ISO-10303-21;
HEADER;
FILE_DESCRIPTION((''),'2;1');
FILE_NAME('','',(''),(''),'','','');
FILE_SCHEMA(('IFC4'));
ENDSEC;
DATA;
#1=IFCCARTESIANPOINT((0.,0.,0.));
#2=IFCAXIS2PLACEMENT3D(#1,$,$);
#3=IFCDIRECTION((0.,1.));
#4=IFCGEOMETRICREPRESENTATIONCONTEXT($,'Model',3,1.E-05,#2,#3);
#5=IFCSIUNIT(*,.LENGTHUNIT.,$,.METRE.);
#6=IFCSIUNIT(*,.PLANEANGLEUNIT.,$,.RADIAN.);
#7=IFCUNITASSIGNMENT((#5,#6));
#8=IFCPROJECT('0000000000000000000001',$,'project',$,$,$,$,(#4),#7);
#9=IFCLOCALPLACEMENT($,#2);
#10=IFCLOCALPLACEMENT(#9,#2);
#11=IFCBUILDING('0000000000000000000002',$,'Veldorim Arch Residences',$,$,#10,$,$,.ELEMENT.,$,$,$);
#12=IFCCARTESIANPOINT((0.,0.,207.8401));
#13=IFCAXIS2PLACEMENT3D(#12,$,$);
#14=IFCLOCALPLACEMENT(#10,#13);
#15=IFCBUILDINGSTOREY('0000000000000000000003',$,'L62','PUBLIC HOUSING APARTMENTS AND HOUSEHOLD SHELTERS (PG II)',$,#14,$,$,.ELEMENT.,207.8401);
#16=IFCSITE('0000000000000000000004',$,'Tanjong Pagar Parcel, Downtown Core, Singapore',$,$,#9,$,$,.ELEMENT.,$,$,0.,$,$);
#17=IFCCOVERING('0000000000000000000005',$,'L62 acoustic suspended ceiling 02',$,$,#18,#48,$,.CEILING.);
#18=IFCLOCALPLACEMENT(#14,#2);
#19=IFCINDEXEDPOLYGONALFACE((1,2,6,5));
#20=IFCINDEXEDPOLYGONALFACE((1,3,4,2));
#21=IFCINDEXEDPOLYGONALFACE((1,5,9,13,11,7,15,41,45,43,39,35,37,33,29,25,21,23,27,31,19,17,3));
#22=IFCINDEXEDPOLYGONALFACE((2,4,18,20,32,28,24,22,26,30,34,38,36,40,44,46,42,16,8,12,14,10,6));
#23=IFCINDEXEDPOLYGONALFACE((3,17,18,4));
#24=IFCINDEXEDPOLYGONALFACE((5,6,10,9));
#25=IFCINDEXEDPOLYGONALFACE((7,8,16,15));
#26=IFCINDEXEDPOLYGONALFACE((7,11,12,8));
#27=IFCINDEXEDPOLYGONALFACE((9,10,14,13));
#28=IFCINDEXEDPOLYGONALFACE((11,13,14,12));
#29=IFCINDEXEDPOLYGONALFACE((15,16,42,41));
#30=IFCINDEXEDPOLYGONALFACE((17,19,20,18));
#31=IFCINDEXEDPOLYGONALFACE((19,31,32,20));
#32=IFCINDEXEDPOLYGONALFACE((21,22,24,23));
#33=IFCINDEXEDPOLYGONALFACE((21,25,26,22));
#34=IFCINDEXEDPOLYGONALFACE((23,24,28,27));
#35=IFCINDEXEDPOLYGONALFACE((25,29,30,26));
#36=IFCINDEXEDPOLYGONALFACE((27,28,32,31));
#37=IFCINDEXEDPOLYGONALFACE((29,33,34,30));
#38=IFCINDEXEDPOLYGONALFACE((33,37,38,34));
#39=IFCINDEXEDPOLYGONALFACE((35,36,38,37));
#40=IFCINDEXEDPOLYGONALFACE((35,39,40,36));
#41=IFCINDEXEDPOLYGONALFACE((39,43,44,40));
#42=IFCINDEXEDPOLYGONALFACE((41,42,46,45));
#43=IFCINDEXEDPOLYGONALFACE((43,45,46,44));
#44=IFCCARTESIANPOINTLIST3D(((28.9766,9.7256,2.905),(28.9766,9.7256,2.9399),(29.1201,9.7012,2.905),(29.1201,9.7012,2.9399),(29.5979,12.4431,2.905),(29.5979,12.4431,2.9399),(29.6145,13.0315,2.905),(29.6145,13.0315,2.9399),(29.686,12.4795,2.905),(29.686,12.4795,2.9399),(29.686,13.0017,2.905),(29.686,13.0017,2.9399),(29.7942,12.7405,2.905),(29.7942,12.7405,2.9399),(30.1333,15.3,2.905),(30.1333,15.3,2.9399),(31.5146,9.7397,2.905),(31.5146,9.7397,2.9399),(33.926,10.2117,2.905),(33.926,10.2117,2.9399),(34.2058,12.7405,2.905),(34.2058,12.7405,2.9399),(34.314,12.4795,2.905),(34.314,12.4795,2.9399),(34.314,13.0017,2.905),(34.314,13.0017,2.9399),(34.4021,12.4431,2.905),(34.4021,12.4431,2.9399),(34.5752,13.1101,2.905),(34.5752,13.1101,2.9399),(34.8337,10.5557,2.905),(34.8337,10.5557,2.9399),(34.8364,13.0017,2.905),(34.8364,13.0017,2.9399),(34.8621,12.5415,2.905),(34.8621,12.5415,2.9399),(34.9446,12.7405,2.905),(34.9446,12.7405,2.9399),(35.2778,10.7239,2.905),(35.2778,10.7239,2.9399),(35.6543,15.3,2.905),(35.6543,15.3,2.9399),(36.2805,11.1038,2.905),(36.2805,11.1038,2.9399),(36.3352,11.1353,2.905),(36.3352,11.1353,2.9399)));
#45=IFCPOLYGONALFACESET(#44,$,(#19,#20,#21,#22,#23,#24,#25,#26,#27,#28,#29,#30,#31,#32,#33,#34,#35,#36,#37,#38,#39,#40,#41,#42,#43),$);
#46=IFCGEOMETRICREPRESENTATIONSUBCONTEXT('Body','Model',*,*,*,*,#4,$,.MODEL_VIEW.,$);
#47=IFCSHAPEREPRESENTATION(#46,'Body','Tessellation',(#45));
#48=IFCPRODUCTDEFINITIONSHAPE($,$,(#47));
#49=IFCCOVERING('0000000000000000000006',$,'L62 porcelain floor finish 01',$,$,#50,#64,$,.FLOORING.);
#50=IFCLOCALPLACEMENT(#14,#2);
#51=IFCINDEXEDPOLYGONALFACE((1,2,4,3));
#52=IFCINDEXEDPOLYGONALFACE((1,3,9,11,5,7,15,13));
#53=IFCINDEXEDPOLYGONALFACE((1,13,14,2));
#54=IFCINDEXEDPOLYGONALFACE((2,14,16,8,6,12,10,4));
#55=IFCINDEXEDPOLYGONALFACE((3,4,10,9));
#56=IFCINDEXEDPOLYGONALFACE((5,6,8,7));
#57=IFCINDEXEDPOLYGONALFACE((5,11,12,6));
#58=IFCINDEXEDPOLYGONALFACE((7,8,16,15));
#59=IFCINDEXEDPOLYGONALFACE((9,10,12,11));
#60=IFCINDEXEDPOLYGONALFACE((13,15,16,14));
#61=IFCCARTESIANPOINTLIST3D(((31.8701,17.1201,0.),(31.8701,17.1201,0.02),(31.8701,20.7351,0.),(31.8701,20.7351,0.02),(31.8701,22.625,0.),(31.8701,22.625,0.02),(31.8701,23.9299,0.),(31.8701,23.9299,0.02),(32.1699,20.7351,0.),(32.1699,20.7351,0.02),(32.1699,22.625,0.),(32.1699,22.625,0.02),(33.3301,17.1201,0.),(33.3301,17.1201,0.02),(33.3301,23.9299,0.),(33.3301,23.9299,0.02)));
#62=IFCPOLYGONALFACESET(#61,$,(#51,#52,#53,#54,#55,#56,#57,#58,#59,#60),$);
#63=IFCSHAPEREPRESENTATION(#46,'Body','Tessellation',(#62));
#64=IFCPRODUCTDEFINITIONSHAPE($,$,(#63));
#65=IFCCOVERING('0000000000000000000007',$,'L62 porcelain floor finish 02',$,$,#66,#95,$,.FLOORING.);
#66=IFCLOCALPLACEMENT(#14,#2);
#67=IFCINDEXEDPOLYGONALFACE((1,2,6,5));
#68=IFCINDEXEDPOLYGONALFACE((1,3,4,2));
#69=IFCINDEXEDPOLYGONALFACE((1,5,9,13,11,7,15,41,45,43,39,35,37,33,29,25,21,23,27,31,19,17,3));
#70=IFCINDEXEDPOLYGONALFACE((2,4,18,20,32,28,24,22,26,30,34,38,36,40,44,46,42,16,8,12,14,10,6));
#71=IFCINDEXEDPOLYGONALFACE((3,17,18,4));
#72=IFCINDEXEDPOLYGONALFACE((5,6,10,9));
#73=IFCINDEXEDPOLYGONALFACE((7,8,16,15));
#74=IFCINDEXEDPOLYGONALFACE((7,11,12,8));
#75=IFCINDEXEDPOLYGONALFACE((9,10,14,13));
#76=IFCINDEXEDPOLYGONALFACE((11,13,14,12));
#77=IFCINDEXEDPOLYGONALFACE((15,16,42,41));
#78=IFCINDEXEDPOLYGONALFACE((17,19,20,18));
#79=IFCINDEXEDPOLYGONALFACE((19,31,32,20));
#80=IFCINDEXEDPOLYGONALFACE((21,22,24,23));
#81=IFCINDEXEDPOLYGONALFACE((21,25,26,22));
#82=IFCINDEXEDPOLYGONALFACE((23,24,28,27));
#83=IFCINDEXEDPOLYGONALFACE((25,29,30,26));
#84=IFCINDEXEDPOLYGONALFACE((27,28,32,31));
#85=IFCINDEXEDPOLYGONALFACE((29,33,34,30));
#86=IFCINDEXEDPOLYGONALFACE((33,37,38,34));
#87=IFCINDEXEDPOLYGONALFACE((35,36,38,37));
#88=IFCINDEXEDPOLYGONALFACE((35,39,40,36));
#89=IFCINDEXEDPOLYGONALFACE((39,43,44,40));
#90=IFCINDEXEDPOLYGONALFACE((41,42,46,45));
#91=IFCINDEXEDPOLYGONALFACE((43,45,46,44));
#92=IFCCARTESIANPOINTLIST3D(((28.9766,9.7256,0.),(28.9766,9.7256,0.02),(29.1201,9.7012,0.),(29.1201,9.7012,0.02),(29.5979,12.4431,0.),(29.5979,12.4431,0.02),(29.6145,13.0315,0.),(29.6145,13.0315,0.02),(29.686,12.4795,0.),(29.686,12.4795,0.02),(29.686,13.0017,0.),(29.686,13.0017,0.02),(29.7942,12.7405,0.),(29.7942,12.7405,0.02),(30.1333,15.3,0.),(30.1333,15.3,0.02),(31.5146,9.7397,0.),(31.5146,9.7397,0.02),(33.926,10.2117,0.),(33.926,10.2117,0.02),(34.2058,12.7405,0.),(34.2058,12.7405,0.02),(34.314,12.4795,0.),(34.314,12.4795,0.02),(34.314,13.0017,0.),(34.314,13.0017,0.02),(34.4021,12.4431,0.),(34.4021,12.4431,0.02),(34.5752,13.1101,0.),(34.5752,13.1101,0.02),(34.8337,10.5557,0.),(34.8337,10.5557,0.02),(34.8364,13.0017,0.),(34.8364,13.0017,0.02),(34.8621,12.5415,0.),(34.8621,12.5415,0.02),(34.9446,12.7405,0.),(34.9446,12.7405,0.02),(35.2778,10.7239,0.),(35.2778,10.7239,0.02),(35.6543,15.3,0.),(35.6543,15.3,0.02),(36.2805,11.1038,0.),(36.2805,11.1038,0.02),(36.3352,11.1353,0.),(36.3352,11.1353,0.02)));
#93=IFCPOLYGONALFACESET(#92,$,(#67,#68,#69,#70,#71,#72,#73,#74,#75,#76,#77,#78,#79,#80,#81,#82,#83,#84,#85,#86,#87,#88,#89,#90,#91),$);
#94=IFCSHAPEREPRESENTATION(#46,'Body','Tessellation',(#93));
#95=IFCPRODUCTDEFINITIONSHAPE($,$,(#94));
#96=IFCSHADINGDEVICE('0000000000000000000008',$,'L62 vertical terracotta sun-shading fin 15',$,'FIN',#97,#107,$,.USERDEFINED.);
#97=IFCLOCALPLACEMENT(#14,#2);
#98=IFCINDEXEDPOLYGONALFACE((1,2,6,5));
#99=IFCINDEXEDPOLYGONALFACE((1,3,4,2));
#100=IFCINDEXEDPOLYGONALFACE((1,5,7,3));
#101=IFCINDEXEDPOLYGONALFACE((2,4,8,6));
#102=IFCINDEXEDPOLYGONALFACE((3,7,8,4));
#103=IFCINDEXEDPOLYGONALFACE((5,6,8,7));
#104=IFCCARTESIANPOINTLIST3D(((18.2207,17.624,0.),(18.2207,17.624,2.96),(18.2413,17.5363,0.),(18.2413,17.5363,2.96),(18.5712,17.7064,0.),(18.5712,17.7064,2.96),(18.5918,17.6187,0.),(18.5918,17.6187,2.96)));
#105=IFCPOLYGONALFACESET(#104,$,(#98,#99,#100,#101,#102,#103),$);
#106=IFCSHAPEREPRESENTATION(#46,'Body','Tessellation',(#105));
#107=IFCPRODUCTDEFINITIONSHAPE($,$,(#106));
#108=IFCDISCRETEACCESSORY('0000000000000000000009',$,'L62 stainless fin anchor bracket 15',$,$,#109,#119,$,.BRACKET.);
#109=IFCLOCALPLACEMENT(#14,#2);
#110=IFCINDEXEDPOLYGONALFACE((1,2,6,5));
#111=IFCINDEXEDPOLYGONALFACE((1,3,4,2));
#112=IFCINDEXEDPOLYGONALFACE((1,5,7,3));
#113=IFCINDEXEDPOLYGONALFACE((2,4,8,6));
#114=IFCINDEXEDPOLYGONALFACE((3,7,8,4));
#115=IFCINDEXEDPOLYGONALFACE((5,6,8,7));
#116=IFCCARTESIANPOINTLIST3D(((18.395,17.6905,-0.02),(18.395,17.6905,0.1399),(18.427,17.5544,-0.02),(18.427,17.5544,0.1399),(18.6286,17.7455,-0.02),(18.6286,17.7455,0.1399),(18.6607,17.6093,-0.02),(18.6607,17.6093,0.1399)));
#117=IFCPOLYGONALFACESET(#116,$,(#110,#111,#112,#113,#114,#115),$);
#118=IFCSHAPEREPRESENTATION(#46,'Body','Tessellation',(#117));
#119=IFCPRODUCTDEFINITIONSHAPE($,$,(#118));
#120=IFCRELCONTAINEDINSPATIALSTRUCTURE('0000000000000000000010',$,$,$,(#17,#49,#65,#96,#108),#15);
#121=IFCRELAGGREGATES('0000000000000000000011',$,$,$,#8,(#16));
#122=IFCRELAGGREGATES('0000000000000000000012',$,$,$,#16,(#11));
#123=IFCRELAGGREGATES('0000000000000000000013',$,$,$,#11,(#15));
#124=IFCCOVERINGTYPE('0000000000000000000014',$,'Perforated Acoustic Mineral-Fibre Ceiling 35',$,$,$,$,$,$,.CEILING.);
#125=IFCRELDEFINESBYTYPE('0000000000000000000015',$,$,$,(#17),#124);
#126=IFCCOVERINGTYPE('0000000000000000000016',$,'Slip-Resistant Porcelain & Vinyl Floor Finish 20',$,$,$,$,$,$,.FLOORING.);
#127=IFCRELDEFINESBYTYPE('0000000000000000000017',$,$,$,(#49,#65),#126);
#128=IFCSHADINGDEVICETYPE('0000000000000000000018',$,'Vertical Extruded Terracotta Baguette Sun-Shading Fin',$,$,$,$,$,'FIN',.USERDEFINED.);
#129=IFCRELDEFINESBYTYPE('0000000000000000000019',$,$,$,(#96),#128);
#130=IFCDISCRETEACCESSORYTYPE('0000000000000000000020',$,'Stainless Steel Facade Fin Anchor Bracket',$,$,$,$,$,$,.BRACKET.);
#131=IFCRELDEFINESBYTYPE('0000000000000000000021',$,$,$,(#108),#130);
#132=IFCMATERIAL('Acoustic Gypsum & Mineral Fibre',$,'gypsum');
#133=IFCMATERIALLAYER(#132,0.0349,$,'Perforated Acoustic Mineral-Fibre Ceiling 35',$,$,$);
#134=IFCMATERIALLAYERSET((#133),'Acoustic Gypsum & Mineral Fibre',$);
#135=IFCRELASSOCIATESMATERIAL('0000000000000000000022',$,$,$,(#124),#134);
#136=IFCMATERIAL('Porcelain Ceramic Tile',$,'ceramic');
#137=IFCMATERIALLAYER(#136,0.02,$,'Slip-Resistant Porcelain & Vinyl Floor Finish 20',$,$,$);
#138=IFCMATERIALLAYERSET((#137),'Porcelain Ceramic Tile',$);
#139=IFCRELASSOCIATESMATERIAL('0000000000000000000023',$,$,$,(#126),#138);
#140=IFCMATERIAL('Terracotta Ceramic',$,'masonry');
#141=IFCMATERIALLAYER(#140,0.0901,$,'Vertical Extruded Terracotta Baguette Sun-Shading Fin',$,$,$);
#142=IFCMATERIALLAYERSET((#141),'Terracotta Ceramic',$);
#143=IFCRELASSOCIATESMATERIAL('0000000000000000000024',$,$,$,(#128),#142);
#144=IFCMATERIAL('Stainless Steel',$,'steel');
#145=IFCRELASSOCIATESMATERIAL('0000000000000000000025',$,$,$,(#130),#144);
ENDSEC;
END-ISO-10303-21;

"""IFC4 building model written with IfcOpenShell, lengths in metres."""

from ifc_helpers import new_model, si_unit, direction, frame, origin, origin_2d, place, context, subcontext, project, spatial, polyline, rectangle, outline, extrude, material, layer, layer_set, type_object, element, save


model = new_model("IFC4")

# Units and contexts
model_context = context("Model", 3, precision=1e-05, world=origin(), true_north=direction((0.0, 1.0)))
body_context = subcontext(model_context, "Body", "Model", "MODEL_VIEW")
ifc_project = project(units=[si_unit("LENGTHUNIT", "METRE"), si_unit("PLANEANGLEUNIT", "RADIAN")], contexts=[model_context])

# Site, building, storey
site_placement = place(None, origin())
site = spatial("IfcSite", under=ifc_project, at=site_placement, Name="Tanjong Pagar Parcel, Downtown Core, Singapore", CompositionType="ELEMENT", RefElevation=0.0)
building_placement = place(site_placement, origin())
building = spatial("IfcBuilding", under=site, at=building_placement, Name="Veldorim Arch Residences", CompositionType="ELEMENT")
storey_placement = place(building_placement, frame((0.0, 0.0, 207.8401)))
storey = spatial("IfcBuildingStorey", under=building, at=storey_placement, Name="L62", Description="PUBLIC HOUSING APARTMENTS AND HOUSEHOLD SHELTERS (PG II)", CompositionType="ELEMENT", Elevation=207.8401)

# Coverings
ifc_material_1 = material(Name="Acoustic Gypsum & Mineral Fibre", Category="gypsum")
ifc_layer_1 = layer(ifc_material_1, 0.0349, Name="Perforated Acoustic Mineral-Fibre Ceiling 35")
ifc_layer_set_1 = layer_set([ifc_layer_1], Name="Acoustic Gypsum & Mineral Fibre")
covering_type_1 = type_object("IfcCoveringType", Name="Perforated Acoustic Mineral-Fibre Ceiling 35", PredefinedType="CEILING", material=ifc_layer_set_1)
covering_1_placement = place(storey_placement, frame((0.0, 0.0, 2.905)))
element("IfcCovering", 1, at=covering_1_placement, inside=storey, type_object=covering_type_1, Name="L62 acoustic suspended ceiling 02", PredefinedType="CEILING", context=body_context, shape_type="SweptSolid", body=[
    extrude(outline(polyline([(34.9446, 12.7405), (34.8364, 13.0017), (34.5752, 13.1101), (34.314, 13.0017), (34.2058, 12.7405), (34.314, 12.4795), (34.4021, 12.4431), (34.8337, 10.5557), (33.926, 10.2117), (31.5146, 9.7397), (29.1201, 9.7012), (28.9766, 9.7256), (29.5979, 12.4431), (29.686, 12.4795), (29.7942, 12.7405), (29.686, 13.0017), (29.6145, 13.0315), (30.1333, 15.3), (35.6543, 15.3), (36.3352, 11.1353), (36.2805, 11.1038), (35.2778, 10.7239), (34.8621, 12.5415), (34.9446, 12.7405)])), origin(), (0.0, 0.0, 1.0), 0.0349),
])
ifc_material_2 = material(Name="Porcelain Ceramic Tile", Category="ceramic")
ifc_layer_2 = layer(ifc_material_2, 0.02, Name="Slip-Resistant Porcelain & Vinyl Floor Finish 20")
ifc_layer_set_2 = layer_set([ifc_layer_2], Name="Porcelain Ceramic Tile")
covering_type_2 = type_object("IfcCoveringType", Name="Slip-Resistant Porcelain & Vinyl Floor Finish 20", PredefinedType="FLOORING", material=ifc_layer_set_2)
covering_2_placement = place(storey_placement, origin())
element("IfcCovering", 2, at=covering_2_placement, inside=storey, type_object=covering_type_2, Name="L62 porcelain floor finish 01", PredefinedType="FLOORING", context=body_context, shape_type="SweptSolid", body=[
    extrude(outline(polyline([(33.3301, 23.9299), (33.3301, 17.1201), (31.8701, 17.1201), (31.8701, 20.7351), (32.1699, 20.7351), (32.1699, 22.625), (31.8701, 22.625), (31.8701, 23.9299), (33.3301, 23.9299)])), origin(), (0.0, 0.0, 1.0), 0.02),
])
covering_3_placement = place(storey_placement, origin())
element("IfcCovering", 3, at=covering_3_placement, inside=storey, type_object=covering_type_2, Name="L62 porcelain floor finish 02", PredefinedType="FLOORING", context=body_context, shape_type="SweptSolid", body=[
    extrude(outline(polyline([(34.9446, 12.7405), (34.8364, 13.0017), (34.5752, 13.1101), (34.314, 13.0017), (34.2058, 12.7405), (34.314, 12.4795), (34.4021, 12.4431), (34.8337, 10.5557), (33.926, 10.2117), (31.5146, 9.7397), (29.1201, 9.7012), (28.9766, 9.7256), (29.5979, 12.4431), (29.686, 12.4795), (29.7942, 12.7405), (29.686, 13.0017), (29.6145, 13.0315), (30.1333, 15.3), (35.6543, 15.3), (36.3352, 11.1353), (36.2805, 11.1038), (35.2778, 10.7239), (34.8621, 12.5415), (34.9446, 12.7405)])), origin(), (0.0, 0.0, 1.0), 0.02),
])

# Shading device
ifc_material_3 = material(Name="Terracotta Ceramic", Category="masonry")
ifc_layer_3 = layer(ifc_material_3, 0.0901, Name="Vertical Extruded Terracotta Baguette Sun-Shading Fin")
ifc_layer_set_3 = layer_set([ifc_layer_3], Name="Terracotta Ceramic")
shading_device_type = type_object("IfcShadingDeviceType", Name="Vertical Extruded Terracotta Baguette Sun-Shading Fin", ElementType="FIN", PredefinedType="USERDEFINED", material=ifc_layer_set_3)
shading_device_placement = place(storey_placement, frame((18.4062, 17.6213, 0.0), z_axis=(0.0, 0.0, 1.0), x_axis=(-0.228861, 0.973459, 0.0)))
element("IfcShadingDevice", 4, at=shading_device_placement, inside=storey, type_object=shading_device_type, Name="L62 vertical terracotta sun-shading fin 15", ObjectType="FIN", PredefinedType="USERDEFINED", context=body_context, shape_type="SweptSolid", body=[
    extrude(rectangle(XDim=0.0901, YDim=0.3601, at=origin_2d()), origin(), (0.0, 0.0, 1.0), 2.96),
])

# Discrete accessory
ifc_material_4 = material(Name="Stainless Steel", Category="steel")
discrete_accessory_type = type_object("IfcDiscreteAccessoryType", Name="Stainless Steel Facade Fin Anchor Bracket", PredefinedType="BRACKET", material=ifc_material_4)
discrete_accessory_placement = place(storey_placement, frame((18.5278, 17.6499, -0.02), z_axis=(0.0, 0.0, 1.0), x_axis=(-0.228861, 0.973459, 0.0)))
element("IfcDiscreteAccessory", 5, at=discrete_accessory_placement, inside=storey, type_object=discrete_accessory_type, Name="L62 stainless fin anchor bracket 15", PredefinedType="BRACKET", context=body_context, shape_type="SweptSolid", body=[
    extrude(rectangle(XDim=0.1399, YDim=0.24, at=origin_2d()), origin(), (0.0, 0.0, 1.0), 0.1599),
])

save(model, "model.ifc")
